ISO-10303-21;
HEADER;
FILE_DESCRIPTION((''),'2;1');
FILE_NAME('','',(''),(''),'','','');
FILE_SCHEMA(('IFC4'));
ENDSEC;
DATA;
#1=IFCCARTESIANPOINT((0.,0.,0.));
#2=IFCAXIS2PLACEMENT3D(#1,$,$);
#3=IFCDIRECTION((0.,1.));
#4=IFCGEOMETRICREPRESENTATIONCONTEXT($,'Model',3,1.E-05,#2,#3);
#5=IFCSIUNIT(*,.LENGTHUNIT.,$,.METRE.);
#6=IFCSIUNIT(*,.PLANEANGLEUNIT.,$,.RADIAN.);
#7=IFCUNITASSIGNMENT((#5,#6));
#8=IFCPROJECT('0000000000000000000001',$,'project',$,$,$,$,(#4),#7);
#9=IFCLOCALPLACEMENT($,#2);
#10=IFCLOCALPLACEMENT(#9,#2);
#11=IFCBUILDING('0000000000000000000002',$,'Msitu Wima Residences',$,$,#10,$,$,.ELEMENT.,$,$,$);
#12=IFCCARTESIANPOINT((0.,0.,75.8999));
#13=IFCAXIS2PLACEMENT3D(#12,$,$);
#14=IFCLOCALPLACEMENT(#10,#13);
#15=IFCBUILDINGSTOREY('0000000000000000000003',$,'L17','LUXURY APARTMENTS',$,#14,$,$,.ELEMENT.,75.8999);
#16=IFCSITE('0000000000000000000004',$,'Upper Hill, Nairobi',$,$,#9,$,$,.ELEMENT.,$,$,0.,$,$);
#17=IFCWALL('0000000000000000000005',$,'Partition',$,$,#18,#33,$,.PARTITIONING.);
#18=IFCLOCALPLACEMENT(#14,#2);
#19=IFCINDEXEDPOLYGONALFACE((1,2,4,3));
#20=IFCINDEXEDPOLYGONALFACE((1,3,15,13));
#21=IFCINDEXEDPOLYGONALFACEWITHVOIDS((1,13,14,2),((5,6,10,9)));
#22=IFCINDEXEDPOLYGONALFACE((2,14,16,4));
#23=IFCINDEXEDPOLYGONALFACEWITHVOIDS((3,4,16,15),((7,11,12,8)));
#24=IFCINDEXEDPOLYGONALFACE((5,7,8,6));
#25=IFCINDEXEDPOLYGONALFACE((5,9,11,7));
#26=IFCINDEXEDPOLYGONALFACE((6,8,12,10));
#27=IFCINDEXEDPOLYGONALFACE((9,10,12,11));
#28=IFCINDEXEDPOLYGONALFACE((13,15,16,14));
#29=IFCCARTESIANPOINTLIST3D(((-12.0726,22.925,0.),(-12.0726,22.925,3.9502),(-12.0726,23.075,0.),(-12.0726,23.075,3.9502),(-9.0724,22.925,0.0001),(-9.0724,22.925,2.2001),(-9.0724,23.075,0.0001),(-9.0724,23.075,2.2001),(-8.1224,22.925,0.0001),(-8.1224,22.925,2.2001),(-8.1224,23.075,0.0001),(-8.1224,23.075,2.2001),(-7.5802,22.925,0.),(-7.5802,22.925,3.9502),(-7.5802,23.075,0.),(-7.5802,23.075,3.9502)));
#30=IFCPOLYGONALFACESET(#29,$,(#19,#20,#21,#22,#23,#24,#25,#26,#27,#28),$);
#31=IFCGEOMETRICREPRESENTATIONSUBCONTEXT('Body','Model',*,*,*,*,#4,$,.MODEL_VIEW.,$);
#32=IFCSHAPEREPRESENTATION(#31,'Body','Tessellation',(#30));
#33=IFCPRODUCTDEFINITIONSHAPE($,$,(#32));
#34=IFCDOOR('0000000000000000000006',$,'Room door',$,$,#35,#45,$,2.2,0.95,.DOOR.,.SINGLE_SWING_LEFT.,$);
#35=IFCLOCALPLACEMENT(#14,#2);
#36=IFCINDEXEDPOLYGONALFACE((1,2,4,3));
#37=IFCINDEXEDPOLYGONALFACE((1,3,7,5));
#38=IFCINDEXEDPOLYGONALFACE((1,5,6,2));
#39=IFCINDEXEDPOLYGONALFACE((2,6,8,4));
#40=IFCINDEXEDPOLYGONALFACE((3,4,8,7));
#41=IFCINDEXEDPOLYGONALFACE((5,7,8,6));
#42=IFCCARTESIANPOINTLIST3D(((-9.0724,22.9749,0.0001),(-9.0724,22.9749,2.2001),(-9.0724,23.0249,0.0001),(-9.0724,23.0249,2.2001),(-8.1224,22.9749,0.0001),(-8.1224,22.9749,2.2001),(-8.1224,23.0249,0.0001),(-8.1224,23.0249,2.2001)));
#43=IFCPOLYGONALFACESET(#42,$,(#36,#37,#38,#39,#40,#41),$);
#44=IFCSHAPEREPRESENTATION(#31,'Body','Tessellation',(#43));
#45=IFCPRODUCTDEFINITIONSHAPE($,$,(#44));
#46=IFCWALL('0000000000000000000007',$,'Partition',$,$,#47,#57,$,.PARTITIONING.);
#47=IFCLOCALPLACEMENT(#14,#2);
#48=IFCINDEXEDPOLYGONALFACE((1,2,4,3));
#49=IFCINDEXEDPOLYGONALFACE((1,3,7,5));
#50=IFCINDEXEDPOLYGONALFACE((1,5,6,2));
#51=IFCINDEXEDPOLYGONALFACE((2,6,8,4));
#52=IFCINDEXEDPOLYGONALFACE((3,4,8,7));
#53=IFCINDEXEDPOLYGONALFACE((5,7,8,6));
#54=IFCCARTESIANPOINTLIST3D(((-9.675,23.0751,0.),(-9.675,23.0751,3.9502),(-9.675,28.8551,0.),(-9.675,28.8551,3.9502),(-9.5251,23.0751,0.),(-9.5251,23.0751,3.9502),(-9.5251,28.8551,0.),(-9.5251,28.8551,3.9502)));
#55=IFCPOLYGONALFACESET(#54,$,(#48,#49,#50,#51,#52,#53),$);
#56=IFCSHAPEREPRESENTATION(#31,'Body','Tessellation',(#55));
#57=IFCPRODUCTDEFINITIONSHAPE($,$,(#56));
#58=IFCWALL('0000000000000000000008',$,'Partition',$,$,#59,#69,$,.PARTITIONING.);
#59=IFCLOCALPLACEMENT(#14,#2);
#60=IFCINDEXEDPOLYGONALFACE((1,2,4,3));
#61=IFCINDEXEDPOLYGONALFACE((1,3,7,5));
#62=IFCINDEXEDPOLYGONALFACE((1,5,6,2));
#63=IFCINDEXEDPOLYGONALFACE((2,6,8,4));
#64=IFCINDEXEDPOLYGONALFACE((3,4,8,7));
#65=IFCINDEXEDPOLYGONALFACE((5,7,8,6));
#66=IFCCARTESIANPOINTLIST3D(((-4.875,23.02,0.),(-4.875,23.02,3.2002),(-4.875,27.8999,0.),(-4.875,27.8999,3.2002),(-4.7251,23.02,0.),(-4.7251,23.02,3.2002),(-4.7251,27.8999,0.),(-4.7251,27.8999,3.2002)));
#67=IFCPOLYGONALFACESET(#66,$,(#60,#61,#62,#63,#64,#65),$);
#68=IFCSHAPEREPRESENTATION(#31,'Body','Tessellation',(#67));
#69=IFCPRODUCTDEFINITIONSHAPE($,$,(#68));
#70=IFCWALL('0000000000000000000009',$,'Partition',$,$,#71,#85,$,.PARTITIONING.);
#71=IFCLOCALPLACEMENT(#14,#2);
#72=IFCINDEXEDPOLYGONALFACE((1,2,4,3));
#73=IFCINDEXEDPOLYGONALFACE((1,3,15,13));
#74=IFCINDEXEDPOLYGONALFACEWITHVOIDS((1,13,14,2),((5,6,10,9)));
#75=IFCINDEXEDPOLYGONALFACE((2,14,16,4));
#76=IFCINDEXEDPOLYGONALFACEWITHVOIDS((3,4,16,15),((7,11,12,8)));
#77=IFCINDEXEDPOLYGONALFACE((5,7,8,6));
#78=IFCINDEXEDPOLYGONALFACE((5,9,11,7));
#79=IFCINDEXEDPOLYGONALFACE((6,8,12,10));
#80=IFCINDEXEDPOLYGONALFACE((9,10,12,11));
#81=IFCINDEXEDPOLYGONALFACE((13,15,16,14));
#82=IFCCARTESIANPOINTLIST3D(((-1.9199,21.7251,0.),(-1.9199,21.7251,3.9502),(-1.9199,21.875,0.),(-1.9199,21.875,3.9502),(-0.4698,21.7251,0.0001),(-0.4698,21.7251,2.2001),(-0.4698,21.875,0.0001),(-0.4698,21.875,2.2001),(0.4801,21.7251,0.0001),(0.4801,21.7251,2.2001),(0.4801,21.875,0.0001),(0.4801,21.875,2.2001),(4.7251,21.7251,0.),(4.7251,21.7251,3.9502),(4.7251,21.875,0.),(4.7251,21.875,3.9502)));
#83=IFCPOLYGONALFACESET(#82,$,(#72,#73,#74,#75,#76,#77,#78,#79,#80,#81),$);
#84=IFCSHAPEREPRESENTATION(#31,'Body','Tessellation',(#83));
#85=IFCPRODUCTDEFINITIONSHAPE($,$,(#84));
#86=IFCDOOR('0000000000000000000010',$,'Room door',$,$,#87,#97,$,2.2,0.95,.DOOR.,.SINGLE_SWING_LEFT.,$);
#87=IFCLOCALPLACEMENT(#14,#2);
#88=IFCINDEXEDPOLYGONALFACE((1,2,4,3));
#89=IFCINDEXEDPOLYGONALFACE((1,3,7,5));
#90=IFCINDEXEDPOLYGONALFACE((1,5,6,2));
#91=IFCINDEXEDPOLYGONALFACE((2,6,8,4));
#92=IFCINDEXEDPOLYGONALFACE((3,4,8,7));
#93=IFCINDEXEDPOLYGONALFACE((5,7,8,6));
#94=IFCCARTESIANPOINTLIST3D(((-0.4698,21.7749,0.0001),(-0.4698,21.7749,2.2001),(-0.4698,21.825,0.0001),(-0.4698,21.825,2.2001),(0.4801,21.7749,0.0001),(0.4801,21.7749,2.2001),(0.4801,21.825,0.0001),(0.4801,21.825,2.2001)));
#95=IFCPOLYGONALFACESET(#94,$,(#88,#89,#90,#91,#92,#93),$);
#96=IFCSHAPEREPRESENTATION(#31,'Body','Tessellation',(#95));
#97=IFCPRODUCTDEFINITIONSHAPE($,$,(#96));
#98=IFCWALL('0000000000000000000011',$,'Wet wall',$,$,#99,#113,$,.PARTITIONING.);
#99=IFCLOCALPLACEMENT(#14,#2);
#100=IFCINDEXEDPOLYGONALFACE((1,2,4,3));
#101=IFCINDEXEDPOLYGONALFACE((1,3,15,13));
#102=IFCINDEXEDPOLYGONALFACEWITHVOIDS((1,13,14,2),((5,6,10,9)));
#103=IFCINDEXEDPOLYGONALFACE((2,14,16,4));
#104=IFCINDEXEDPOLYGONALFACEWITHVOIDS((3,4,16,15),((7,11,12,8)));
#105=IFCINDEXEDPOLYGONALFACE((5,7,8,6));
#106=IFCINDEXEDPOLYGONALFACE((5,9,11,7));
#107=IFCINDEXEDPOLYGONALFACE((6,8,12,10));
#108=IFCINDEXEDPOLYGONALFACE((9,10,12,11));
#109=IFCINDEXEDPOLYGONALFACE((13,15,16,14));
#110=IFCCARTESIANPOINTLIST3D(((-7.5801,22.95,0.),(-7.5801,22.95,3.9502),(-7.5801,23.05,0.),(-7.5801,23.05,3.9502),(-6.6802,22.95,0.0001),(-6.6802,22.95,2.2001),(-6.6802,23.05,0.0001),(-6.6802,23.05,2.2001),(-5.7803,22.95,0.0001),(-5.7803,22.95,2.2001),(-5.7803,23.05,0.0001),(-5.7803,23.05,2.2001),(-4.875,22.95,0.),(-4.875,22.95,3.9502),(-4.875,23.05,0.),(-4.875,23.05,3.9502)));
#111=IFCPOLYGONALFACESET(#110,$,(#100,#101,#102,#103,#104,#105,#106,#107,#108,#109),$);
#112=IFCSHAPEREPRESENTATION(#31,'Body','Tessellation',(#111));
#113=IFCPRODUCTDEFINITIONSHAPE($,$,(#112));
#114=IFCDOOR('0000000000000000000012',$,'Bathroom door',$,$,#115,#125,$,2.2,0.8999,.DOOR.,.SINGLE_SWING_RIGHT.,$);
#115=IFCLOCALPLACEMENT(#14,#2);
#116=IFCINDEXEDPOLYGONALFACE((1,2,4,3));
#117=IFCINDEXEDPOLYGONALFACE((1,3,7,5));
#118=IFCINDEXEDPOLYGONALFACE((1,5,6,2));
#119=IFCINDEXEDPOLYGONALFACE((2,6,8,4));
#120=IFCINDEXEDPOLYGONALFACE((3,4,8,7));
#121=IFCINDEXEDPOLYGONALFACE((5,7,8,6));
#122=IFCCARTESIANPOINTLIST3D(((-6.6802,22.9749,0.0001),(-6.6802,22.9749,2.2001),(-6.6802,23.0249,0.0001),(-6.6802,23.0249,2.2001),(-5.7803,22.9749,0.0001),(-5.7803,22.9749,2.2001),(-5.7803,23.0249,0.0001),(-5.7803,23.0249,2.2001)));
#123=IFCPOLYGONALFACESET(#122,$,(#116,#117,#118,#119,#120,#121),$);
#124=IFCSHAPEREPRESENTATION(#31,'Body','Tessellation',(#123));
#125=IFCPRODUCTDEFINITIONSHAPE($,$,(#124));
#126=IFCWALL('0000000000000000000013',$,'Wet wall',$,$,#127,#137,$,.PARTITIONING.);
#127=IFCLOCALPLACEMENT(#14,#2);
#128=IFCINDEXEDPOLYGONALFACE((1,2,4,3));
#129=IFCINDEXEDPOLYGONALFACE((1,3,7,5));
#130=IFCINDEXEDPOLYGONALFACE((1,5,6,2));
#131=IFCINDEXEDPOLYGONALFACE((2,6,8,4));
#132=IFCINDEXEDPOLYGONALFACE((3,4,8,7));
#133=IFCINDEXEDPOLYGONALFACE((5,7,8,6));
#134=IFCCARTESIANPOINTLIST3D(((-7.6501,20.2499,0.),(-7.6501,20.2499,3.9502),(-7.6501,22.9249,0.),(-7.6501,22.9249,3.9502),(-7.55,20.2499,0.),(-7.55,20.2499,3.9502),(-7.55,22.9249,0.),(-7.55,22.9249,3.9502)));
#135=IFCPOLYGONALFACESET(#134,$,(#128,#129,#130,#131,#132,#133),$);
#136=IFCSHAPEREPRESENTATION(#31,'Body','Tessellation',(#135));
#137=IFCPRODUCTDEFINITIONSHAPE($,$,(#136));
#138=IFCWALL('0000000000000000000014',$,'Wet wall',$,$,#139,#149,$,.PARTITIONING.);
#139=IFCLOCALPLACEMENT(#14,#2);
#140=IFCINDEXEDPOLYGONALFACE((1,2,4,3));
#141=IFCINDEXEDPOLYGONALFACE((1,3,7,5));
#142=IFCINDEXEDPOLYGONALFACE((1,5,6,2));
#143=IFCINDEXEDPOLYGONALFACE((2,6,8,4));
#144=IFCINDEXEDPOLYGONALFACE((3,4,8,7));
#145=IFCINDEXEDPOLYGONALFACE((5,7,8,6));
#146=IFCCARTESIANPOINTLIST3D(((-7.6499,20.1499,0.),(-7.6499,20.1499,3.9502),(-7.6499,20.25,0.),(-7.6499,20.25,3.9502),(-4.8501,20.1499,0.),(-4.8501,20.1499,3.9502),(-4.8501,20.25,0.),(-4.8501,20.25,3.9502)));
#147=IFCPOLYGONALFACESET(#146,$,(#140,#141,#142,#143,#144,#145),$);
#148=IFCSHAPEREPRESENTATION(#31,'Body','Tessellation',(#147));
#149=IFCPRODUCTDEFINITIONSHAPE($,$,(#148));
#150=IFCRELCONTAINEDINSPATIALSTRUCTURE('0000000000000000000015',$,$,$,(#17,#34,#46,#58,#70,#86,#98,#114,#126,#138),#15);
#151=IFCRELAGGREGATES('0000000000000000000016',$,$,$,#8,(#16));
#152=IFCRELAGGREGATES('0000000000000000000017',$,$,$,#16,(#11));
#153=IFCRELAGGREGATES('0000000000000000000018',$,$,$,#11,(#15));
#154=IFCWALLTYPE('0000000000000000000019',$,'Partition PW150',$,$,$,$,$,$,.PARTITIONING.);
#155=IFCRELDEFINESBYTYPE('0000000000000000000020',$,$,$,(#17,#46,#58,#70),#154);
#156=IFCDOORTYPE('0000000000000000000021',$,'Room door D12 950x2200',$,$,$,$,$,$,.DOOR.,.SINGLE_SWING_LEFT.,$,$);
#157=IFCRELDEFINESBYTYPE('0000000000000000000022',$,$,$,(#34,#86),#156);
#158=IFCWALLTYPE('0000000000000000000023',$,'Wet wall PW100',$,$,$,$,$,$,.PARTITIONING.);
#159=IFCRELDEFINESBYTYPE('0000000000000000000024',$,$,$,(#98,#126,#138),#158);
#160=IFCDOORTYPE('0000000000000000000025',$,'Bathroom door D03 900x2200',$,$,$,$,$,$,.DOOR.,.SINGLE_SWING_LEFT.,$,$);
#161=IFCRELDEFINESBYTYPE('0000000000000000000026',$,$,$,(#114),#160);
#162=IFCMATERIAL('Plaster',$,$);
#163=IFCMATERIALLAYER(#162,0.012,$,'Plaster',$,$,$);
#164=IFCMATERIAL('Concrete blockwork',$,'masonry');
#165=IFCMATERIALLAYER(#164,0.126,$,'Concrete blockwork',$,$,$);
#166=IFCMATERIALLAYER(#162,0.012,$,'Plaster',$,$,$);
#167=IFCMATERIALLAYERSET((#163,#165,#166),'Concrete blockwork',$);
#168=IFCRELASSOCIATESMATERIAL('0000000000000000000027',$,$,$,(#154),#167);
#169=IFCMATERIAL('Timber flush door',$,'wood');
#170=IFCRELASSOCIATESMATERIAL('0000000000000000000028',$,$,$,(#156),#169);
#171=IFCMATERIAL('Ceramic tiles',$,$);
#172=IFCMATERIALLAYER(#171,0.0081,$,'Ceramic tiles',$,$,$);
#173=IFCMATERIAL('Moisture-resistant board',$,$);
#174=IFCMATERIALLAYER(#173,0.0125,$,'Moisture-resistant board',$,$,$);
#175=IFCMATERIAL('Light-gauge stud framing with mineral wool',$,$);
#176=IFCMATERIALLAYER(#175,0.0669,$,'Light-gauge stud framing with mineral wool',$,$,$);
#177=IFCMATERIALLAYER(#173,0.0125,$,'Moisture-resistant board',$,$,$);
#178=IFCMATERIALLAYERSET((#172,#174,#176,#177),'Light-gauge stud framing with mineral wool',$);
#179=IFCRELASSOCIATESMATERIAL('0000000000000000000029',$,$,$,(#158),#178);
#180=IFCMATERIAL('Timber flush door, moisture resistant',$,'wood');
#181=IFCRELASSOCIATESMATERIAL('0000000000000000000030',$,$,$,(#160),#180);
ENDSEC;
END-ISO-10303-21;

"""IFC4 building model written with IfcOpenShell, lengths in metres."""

from ifc_helpers import new_model, si_unit, direction, frame, frame_2d, origin, place, context, subcontext, project, spatial, rectangle, extrude, material, layer, layer_set, type_object, element, fill, save


model = new_model("IFC4")

# Units and contexts
model_context = context("Model", 3, precision=1e-05, world=origin(), true_north=direction((0.0, 1.0)))
body_context = subcontext(model_context, "Body", "Model", "MODEL_VIEW")
ifc_project = project(units=[si_unit("LENGTHUNIT", "METRE"), si_unit("PLANEANGLEUNIT", "RADIAN")], contexts=[model_context])

# Site, building, storey
site_placement = place(None, origin())
site = spatial("IfcSite", under=ifc_project, at=site_placement, Name="Upper Hill, Nairobi", CompositionType="ELEMENT", RefElevation=0.0)
building_placement = place(site_placement, origin())
building = spatial("IfcBuilding", under=site, at=building_placement, Name="Msitu Wima Residences", CompositionType="ELEMENT")
storey_placement = place(building_placement, frame((0.0, 0.0, 75.8999)))
storey = spatial("IfcBuildingStorey", under=building, at=storey_placement, Name="L17", Description="LUXURY APARTMENTS", CompositionType="ELEMENT", Elevation=75.8999)

# Wall, opening, door
ifc_material_1 = material(Name="Plaster")
ifc_layer_1 = layer(ifc_material_1, 0.012, Name="Plaster")
ifc_material_2 = material(Name="Concrete blockwork", Category="masonry")
ifc_layer_2 = layer(ifc_material_2, 0.126, Name="Concrete blockwork")
ifc_layer_3 = layer(ifc_material_1, 0.012, Name="Plaster")
ifc_layer_set_1 = layer_set([ifc_layer_1, ifc_layer_2, ifc_layer_3], Name="Concrete blockwork")
wall_type_1 = type_object("IfcWallType", Name="Partition PW150", PredefinedType="PARTITIONING", material=ifc_layer_set_1)
wall_1_placement = place(storey_placement, frame((-12.0725, 23.0, 0.0), z_axis=(0.0, 0.0, 1.0), x_axis=(1.0, 0.0, 0.0)))
wall_1 = element("IfcWall", 1, at=wall_1_placement, inside=storey, type_object=wall_type_1, Name="Partition", PredefinedType="PARTITIONING", context=body_context, shape_type="SweptSolid", body=[
    extrude(rectangle(XDim=4.4924, YDim=0.1499, at=frame_2d((2.2461, 0.0))), origin(), (0.0, 0.0, 1.0), 3.9502),
])
opening_1_placement = place(wall_1_placement, frame((3.0, 0.0, 0.0)))
opening_1 = element("IfcOpeningElement", 2, at=opening_1_placement, cuts=wall_1, PredefinedType="OPENING", context=body_context, shape_type="SweptSolid", body=[
    extrude(rectangle(XDim=0.95, YDim=2.2, at=frame_2d((0.4751, 1.1001))), frame((0.0, 0.085, 0.0), z_axis=(0.0, -1.0, 0.0), x_axis=(1.0, 0.0, 0.0)), (0.0, 0.0, 1.0), 0.1699),
])
ifc_material_3 = material(Name="Timber flush door", Category="wood")
door_type_1 = type_object("IfcDoorType", Name="Room door D12 950x2200", OperationType="SINGLE_SWING_LEFT", PredefinedType="DOOR", material=ifc_material_3)
door_1_placement = place(opening_1_placement, origin())
door_1 = element("IfcDoor", 3, at=door_1_placement, inside=storey, type_object=door_type_1, Name="Room door", OperationType="SINGLE_SWING_LEFT", OverallHeight=2.2, OverallWidth=0.95, PredefinedType="DOOR", context=body_context, shape_type="SweptSolid", body=[
    extrude(rectangle(XDim=0.95, YDim=2.2, at=frame_2d((0.4751, 1.1001))), frame((0.0, 0.0249, 0.0), z_axis=(0.0, -1.0, 0.0), x_axis=(1.0, 0.0, 0.0)), (0.0, 0.0, 1.0), 0.05),
])
fill(opening_1, door_1)

# Walls
wall_2_placement = place(storey_placement, frame((-9.6001, 23.075, 0.0), z_axis=(0.0, 0.0, 1.0), x_axis=(0.0, 1.0, 0.0)))
element("IfcWall", 4, at=wall_2_placement, inside=storey, type_object=wall_type_1, Name="Partition", PredefinedType="PARTITIONING", context=body_context, shape_type="SweptSolid", body=[
    extrude(rectangle(XDim=5.78, YDim=0.1499, at=frame_2d((2.8901, 0.0))), origin(), (0.0, 0.0, 1.0), 3.9502),
])
wall_3_placement = place(storey_placement, frame((-4.8, 23.02, 0.0), z_axis=(0.0, 0.0, 1.0), x_axis=(0.0, 1.0, 0.0)))
element("IfcWall", 5, at=wall_3_placement, inside=storey, type_object=wall_type_1, Name="Partition", PredefinedType="PARTITIONING", context=body_context, shape_type="SweptSolid", body=[
    extrude(rectangle(XDim=4.8799, YDim=0.1499, at=frame_2d((2.4399, 0.0))), origin(), (0.0, 0.0, 1.0), 3.2002),
])

# Walls, openings, doors
wall_4_placement = place(storey_placement, frame((-1.9199, 21.8, 0.0), z_axis=(0.0, 0.0, 1.0), x_axis=(1.0, 0.0, 0.0)))
wall_4 = element("IfcWall", 6, at=wall_4_placement, inside=storey, type_object=wall_type_1, Name="Partition", PredefinedType="PARTITIONING", context=body_context, shape_type="SweptSolid", body=[
    extrude(rectangle(XDim=6.645, YDim=0.1499, at=frame_2d((3.3225, 0.0))), origin(), (0.0, 0.0, 1.0), 3.9502),
])
opening_2_placement = place(wall_4_placement, frame((1.45, 0.0, 0.0)))
opening_2 = element("IfcOpeningElement", 7, at=opening_2_placement, cuts=wall_4, PredefinedType="OPENING", context=body_context, shape_type="SweptSolid", body=[
    extrude(rectangle(XDim=0.95, YDim=2.2, at=frame_2d((0.4751, 1.1001))), frame((0.0, 0.085, 0.0), z_axis=(0.0, -1.0, 0.0), x_axis=(1.0, 0.0, 0.0)), (0.0, 0.0, 1.0), 0.1699),
])
door_2_placement = place(opening_2_placement, origin())
door_2 = element("IfcDoor", 8, at=door_2_placement, inside=storey, type_object=door_type_1, Name="Room door", OperationType="SINGLE_SWING_LEFT", OverallHeight=2.2, OverallWidth=0.95, PredefinedType="DOOR", context=body_context, shape_type="SweptSolid", body=[
    extrude(rectangle(XDim=0.95, YDim=2.2, at=frame_2d((0.4751, 1.1001))), frame((0.0, 0.0249, 0.0), z_axis=(0.0, -1.0, 0.0), x_axis=(1.0, 0.0, 0.0)), (0.0, 0.0, 1.0), 0.05),
])
fill(opening_2, door_2)
ifc_material_4 = material(Name="Ceramic tiles")
ifc_layer_4 = layer(ifc_material_4, 0.0081, Name="Ceramic tiles")
ifc_material_5 = material(Name="Moisture-resistant board")
ifc_layer_5 = layer(ifc_material_5, 0.0125, Name="Moisture-resistant board")
ifc_material_6 = material(Name="Light-gauge stud framing with mineral wool")
ifc_layer_6 = layer(ifc_material_6, 0.0669, Name="Light-gauge stud framing with mineral wool")
ifc_layer_7 = layer(ifc_material_5, 0.0125, Name="Moisture-resistant board")
ifc_layer_set_2 = layer_set([ifc_layer_4, ifc_layer_5, ifc_layer_6, ifc_layer_7], Name="Light-gauge stud framing with mineral wool")
wall_type_2 = type_object("IfcWallType", Name="Wet wall PW100", PredefinedType="PARTITIONING", material=ifc_layer_set_2)
wall_5_placement = place(storey_placement, frame((-7.5801, 23.0, 0.0), z_axis=(0.0, 0.0, 1.0), x_axis=(1.0, 0.0, 0.0)))
wall_5 = element("IfcWall", 9, at=wall_5_placement, inside=storey, type_object=wall_type_2, Name="Wet wall", PredefinedType="PARTITIONING", context=body_context, shape_type="SweptSolid", body=[
    extrude(rectangle(XDim=2.7051, YDim=0.1001, at=frame_2d((1.3525, 0.0))), origin(), (0.0, 0.0, 1.0), 3.9502),
])
opening_3_placement = place(wall_5_placement, frame((0.8999, 0.0, 0.0)))
opening_3 = element("IfcOpeningElement", 10, at=opening_3_placement, cuts=wall_5, PredefinedType="OPENING", context=body_context, shape_type="SweptSolid", body=[
    extrude(rectangle(XDim=0.8999, YDim=2.2, at=frame_2d((0.45, 1.1001))), frame((0.0, 0.0601, 0.0), z_axis=(0.0, -1.0, 0.0), x_axis=(1.0, 0.0, 0.0)), (0.0, 0.0, 1.0), 0.1201),
])
ifc_material_7 = material(Name="Timber flush door, moisture resistant", Category="wood")
door_type_2 = type_object("IfcDoorType", Name="Bathroom door D03 900x2200", OperationType="SINGLE_SWING_LEFT", PredefinedType="DOOR", material=ifc_material_7)
door_3_placement = place(opening_3_placement, origin())
door_3 = element("IfcDoor", 11, at=door_3_placement, inside=storey, type_object=door_type_2, Name="Bathroom door", OperationType="SINGLE_SWING_RIGHT", OverallHeight=2.2, OverallWidth=0.8999, PredefinedType="DOOR", context=body_context, shape_type="SweptSolid", body=[
    extrude(rectangle(XDim=0.8999, YDim=2.2, at=frame_2d((0.45, 1.1001))), frame((0.0, 0.0249, 0.0), z_axis=(0.0, -1.0, 0.0), x_axis=(1.0, 0.0, 0.0)), (0.0, 0.0, 1.0), 0.05),
])
fill(opening_3, door_3)

# Walls
wall_6_placement = place(storey_placement, frame((-7.6001, 20.25, 0.0), z_axis=(0.0, 0.0, 1.0), x_axis=(0.0, 1.0, 0.0)))
element("IfcWall", 12, at=wall_6_placement, inside=storey, type_object=wall_type_2, Name="Wet wall", PredefinedType="PARTITIONING", context=body_context, shape_type="SweptSolid", body=[
    extrude(rectangle(XDim=2.675, YDim=0.1001, at=frame_2d((1.3374, 0.0))), origin(), (0.0, 0.0, 1.0), 3.9502),
])
wall_7_placement = place(storey_placement, frame((-7.6499, 20.2, 0.0), z_axis=(0.0, 0.0, 1.0), x_axis=(1.0, 0.0, 0.0)))
element("IfcWall", 13, at=wall_7_placement, inside=storey, type_object=wall_type_2, Name="Wet wall", PredefinedType="PARTITIONING", context=body_context, shape_type="SweptSolid", body=[
    extrude(rectangle(XDim=2.7998, YDim=0.1001, at=frame_2d((1.3999, 0.0))), origin(), (0.0, 0.0, 1.0), 3.9502),
])

save(model, "model.ifc")
